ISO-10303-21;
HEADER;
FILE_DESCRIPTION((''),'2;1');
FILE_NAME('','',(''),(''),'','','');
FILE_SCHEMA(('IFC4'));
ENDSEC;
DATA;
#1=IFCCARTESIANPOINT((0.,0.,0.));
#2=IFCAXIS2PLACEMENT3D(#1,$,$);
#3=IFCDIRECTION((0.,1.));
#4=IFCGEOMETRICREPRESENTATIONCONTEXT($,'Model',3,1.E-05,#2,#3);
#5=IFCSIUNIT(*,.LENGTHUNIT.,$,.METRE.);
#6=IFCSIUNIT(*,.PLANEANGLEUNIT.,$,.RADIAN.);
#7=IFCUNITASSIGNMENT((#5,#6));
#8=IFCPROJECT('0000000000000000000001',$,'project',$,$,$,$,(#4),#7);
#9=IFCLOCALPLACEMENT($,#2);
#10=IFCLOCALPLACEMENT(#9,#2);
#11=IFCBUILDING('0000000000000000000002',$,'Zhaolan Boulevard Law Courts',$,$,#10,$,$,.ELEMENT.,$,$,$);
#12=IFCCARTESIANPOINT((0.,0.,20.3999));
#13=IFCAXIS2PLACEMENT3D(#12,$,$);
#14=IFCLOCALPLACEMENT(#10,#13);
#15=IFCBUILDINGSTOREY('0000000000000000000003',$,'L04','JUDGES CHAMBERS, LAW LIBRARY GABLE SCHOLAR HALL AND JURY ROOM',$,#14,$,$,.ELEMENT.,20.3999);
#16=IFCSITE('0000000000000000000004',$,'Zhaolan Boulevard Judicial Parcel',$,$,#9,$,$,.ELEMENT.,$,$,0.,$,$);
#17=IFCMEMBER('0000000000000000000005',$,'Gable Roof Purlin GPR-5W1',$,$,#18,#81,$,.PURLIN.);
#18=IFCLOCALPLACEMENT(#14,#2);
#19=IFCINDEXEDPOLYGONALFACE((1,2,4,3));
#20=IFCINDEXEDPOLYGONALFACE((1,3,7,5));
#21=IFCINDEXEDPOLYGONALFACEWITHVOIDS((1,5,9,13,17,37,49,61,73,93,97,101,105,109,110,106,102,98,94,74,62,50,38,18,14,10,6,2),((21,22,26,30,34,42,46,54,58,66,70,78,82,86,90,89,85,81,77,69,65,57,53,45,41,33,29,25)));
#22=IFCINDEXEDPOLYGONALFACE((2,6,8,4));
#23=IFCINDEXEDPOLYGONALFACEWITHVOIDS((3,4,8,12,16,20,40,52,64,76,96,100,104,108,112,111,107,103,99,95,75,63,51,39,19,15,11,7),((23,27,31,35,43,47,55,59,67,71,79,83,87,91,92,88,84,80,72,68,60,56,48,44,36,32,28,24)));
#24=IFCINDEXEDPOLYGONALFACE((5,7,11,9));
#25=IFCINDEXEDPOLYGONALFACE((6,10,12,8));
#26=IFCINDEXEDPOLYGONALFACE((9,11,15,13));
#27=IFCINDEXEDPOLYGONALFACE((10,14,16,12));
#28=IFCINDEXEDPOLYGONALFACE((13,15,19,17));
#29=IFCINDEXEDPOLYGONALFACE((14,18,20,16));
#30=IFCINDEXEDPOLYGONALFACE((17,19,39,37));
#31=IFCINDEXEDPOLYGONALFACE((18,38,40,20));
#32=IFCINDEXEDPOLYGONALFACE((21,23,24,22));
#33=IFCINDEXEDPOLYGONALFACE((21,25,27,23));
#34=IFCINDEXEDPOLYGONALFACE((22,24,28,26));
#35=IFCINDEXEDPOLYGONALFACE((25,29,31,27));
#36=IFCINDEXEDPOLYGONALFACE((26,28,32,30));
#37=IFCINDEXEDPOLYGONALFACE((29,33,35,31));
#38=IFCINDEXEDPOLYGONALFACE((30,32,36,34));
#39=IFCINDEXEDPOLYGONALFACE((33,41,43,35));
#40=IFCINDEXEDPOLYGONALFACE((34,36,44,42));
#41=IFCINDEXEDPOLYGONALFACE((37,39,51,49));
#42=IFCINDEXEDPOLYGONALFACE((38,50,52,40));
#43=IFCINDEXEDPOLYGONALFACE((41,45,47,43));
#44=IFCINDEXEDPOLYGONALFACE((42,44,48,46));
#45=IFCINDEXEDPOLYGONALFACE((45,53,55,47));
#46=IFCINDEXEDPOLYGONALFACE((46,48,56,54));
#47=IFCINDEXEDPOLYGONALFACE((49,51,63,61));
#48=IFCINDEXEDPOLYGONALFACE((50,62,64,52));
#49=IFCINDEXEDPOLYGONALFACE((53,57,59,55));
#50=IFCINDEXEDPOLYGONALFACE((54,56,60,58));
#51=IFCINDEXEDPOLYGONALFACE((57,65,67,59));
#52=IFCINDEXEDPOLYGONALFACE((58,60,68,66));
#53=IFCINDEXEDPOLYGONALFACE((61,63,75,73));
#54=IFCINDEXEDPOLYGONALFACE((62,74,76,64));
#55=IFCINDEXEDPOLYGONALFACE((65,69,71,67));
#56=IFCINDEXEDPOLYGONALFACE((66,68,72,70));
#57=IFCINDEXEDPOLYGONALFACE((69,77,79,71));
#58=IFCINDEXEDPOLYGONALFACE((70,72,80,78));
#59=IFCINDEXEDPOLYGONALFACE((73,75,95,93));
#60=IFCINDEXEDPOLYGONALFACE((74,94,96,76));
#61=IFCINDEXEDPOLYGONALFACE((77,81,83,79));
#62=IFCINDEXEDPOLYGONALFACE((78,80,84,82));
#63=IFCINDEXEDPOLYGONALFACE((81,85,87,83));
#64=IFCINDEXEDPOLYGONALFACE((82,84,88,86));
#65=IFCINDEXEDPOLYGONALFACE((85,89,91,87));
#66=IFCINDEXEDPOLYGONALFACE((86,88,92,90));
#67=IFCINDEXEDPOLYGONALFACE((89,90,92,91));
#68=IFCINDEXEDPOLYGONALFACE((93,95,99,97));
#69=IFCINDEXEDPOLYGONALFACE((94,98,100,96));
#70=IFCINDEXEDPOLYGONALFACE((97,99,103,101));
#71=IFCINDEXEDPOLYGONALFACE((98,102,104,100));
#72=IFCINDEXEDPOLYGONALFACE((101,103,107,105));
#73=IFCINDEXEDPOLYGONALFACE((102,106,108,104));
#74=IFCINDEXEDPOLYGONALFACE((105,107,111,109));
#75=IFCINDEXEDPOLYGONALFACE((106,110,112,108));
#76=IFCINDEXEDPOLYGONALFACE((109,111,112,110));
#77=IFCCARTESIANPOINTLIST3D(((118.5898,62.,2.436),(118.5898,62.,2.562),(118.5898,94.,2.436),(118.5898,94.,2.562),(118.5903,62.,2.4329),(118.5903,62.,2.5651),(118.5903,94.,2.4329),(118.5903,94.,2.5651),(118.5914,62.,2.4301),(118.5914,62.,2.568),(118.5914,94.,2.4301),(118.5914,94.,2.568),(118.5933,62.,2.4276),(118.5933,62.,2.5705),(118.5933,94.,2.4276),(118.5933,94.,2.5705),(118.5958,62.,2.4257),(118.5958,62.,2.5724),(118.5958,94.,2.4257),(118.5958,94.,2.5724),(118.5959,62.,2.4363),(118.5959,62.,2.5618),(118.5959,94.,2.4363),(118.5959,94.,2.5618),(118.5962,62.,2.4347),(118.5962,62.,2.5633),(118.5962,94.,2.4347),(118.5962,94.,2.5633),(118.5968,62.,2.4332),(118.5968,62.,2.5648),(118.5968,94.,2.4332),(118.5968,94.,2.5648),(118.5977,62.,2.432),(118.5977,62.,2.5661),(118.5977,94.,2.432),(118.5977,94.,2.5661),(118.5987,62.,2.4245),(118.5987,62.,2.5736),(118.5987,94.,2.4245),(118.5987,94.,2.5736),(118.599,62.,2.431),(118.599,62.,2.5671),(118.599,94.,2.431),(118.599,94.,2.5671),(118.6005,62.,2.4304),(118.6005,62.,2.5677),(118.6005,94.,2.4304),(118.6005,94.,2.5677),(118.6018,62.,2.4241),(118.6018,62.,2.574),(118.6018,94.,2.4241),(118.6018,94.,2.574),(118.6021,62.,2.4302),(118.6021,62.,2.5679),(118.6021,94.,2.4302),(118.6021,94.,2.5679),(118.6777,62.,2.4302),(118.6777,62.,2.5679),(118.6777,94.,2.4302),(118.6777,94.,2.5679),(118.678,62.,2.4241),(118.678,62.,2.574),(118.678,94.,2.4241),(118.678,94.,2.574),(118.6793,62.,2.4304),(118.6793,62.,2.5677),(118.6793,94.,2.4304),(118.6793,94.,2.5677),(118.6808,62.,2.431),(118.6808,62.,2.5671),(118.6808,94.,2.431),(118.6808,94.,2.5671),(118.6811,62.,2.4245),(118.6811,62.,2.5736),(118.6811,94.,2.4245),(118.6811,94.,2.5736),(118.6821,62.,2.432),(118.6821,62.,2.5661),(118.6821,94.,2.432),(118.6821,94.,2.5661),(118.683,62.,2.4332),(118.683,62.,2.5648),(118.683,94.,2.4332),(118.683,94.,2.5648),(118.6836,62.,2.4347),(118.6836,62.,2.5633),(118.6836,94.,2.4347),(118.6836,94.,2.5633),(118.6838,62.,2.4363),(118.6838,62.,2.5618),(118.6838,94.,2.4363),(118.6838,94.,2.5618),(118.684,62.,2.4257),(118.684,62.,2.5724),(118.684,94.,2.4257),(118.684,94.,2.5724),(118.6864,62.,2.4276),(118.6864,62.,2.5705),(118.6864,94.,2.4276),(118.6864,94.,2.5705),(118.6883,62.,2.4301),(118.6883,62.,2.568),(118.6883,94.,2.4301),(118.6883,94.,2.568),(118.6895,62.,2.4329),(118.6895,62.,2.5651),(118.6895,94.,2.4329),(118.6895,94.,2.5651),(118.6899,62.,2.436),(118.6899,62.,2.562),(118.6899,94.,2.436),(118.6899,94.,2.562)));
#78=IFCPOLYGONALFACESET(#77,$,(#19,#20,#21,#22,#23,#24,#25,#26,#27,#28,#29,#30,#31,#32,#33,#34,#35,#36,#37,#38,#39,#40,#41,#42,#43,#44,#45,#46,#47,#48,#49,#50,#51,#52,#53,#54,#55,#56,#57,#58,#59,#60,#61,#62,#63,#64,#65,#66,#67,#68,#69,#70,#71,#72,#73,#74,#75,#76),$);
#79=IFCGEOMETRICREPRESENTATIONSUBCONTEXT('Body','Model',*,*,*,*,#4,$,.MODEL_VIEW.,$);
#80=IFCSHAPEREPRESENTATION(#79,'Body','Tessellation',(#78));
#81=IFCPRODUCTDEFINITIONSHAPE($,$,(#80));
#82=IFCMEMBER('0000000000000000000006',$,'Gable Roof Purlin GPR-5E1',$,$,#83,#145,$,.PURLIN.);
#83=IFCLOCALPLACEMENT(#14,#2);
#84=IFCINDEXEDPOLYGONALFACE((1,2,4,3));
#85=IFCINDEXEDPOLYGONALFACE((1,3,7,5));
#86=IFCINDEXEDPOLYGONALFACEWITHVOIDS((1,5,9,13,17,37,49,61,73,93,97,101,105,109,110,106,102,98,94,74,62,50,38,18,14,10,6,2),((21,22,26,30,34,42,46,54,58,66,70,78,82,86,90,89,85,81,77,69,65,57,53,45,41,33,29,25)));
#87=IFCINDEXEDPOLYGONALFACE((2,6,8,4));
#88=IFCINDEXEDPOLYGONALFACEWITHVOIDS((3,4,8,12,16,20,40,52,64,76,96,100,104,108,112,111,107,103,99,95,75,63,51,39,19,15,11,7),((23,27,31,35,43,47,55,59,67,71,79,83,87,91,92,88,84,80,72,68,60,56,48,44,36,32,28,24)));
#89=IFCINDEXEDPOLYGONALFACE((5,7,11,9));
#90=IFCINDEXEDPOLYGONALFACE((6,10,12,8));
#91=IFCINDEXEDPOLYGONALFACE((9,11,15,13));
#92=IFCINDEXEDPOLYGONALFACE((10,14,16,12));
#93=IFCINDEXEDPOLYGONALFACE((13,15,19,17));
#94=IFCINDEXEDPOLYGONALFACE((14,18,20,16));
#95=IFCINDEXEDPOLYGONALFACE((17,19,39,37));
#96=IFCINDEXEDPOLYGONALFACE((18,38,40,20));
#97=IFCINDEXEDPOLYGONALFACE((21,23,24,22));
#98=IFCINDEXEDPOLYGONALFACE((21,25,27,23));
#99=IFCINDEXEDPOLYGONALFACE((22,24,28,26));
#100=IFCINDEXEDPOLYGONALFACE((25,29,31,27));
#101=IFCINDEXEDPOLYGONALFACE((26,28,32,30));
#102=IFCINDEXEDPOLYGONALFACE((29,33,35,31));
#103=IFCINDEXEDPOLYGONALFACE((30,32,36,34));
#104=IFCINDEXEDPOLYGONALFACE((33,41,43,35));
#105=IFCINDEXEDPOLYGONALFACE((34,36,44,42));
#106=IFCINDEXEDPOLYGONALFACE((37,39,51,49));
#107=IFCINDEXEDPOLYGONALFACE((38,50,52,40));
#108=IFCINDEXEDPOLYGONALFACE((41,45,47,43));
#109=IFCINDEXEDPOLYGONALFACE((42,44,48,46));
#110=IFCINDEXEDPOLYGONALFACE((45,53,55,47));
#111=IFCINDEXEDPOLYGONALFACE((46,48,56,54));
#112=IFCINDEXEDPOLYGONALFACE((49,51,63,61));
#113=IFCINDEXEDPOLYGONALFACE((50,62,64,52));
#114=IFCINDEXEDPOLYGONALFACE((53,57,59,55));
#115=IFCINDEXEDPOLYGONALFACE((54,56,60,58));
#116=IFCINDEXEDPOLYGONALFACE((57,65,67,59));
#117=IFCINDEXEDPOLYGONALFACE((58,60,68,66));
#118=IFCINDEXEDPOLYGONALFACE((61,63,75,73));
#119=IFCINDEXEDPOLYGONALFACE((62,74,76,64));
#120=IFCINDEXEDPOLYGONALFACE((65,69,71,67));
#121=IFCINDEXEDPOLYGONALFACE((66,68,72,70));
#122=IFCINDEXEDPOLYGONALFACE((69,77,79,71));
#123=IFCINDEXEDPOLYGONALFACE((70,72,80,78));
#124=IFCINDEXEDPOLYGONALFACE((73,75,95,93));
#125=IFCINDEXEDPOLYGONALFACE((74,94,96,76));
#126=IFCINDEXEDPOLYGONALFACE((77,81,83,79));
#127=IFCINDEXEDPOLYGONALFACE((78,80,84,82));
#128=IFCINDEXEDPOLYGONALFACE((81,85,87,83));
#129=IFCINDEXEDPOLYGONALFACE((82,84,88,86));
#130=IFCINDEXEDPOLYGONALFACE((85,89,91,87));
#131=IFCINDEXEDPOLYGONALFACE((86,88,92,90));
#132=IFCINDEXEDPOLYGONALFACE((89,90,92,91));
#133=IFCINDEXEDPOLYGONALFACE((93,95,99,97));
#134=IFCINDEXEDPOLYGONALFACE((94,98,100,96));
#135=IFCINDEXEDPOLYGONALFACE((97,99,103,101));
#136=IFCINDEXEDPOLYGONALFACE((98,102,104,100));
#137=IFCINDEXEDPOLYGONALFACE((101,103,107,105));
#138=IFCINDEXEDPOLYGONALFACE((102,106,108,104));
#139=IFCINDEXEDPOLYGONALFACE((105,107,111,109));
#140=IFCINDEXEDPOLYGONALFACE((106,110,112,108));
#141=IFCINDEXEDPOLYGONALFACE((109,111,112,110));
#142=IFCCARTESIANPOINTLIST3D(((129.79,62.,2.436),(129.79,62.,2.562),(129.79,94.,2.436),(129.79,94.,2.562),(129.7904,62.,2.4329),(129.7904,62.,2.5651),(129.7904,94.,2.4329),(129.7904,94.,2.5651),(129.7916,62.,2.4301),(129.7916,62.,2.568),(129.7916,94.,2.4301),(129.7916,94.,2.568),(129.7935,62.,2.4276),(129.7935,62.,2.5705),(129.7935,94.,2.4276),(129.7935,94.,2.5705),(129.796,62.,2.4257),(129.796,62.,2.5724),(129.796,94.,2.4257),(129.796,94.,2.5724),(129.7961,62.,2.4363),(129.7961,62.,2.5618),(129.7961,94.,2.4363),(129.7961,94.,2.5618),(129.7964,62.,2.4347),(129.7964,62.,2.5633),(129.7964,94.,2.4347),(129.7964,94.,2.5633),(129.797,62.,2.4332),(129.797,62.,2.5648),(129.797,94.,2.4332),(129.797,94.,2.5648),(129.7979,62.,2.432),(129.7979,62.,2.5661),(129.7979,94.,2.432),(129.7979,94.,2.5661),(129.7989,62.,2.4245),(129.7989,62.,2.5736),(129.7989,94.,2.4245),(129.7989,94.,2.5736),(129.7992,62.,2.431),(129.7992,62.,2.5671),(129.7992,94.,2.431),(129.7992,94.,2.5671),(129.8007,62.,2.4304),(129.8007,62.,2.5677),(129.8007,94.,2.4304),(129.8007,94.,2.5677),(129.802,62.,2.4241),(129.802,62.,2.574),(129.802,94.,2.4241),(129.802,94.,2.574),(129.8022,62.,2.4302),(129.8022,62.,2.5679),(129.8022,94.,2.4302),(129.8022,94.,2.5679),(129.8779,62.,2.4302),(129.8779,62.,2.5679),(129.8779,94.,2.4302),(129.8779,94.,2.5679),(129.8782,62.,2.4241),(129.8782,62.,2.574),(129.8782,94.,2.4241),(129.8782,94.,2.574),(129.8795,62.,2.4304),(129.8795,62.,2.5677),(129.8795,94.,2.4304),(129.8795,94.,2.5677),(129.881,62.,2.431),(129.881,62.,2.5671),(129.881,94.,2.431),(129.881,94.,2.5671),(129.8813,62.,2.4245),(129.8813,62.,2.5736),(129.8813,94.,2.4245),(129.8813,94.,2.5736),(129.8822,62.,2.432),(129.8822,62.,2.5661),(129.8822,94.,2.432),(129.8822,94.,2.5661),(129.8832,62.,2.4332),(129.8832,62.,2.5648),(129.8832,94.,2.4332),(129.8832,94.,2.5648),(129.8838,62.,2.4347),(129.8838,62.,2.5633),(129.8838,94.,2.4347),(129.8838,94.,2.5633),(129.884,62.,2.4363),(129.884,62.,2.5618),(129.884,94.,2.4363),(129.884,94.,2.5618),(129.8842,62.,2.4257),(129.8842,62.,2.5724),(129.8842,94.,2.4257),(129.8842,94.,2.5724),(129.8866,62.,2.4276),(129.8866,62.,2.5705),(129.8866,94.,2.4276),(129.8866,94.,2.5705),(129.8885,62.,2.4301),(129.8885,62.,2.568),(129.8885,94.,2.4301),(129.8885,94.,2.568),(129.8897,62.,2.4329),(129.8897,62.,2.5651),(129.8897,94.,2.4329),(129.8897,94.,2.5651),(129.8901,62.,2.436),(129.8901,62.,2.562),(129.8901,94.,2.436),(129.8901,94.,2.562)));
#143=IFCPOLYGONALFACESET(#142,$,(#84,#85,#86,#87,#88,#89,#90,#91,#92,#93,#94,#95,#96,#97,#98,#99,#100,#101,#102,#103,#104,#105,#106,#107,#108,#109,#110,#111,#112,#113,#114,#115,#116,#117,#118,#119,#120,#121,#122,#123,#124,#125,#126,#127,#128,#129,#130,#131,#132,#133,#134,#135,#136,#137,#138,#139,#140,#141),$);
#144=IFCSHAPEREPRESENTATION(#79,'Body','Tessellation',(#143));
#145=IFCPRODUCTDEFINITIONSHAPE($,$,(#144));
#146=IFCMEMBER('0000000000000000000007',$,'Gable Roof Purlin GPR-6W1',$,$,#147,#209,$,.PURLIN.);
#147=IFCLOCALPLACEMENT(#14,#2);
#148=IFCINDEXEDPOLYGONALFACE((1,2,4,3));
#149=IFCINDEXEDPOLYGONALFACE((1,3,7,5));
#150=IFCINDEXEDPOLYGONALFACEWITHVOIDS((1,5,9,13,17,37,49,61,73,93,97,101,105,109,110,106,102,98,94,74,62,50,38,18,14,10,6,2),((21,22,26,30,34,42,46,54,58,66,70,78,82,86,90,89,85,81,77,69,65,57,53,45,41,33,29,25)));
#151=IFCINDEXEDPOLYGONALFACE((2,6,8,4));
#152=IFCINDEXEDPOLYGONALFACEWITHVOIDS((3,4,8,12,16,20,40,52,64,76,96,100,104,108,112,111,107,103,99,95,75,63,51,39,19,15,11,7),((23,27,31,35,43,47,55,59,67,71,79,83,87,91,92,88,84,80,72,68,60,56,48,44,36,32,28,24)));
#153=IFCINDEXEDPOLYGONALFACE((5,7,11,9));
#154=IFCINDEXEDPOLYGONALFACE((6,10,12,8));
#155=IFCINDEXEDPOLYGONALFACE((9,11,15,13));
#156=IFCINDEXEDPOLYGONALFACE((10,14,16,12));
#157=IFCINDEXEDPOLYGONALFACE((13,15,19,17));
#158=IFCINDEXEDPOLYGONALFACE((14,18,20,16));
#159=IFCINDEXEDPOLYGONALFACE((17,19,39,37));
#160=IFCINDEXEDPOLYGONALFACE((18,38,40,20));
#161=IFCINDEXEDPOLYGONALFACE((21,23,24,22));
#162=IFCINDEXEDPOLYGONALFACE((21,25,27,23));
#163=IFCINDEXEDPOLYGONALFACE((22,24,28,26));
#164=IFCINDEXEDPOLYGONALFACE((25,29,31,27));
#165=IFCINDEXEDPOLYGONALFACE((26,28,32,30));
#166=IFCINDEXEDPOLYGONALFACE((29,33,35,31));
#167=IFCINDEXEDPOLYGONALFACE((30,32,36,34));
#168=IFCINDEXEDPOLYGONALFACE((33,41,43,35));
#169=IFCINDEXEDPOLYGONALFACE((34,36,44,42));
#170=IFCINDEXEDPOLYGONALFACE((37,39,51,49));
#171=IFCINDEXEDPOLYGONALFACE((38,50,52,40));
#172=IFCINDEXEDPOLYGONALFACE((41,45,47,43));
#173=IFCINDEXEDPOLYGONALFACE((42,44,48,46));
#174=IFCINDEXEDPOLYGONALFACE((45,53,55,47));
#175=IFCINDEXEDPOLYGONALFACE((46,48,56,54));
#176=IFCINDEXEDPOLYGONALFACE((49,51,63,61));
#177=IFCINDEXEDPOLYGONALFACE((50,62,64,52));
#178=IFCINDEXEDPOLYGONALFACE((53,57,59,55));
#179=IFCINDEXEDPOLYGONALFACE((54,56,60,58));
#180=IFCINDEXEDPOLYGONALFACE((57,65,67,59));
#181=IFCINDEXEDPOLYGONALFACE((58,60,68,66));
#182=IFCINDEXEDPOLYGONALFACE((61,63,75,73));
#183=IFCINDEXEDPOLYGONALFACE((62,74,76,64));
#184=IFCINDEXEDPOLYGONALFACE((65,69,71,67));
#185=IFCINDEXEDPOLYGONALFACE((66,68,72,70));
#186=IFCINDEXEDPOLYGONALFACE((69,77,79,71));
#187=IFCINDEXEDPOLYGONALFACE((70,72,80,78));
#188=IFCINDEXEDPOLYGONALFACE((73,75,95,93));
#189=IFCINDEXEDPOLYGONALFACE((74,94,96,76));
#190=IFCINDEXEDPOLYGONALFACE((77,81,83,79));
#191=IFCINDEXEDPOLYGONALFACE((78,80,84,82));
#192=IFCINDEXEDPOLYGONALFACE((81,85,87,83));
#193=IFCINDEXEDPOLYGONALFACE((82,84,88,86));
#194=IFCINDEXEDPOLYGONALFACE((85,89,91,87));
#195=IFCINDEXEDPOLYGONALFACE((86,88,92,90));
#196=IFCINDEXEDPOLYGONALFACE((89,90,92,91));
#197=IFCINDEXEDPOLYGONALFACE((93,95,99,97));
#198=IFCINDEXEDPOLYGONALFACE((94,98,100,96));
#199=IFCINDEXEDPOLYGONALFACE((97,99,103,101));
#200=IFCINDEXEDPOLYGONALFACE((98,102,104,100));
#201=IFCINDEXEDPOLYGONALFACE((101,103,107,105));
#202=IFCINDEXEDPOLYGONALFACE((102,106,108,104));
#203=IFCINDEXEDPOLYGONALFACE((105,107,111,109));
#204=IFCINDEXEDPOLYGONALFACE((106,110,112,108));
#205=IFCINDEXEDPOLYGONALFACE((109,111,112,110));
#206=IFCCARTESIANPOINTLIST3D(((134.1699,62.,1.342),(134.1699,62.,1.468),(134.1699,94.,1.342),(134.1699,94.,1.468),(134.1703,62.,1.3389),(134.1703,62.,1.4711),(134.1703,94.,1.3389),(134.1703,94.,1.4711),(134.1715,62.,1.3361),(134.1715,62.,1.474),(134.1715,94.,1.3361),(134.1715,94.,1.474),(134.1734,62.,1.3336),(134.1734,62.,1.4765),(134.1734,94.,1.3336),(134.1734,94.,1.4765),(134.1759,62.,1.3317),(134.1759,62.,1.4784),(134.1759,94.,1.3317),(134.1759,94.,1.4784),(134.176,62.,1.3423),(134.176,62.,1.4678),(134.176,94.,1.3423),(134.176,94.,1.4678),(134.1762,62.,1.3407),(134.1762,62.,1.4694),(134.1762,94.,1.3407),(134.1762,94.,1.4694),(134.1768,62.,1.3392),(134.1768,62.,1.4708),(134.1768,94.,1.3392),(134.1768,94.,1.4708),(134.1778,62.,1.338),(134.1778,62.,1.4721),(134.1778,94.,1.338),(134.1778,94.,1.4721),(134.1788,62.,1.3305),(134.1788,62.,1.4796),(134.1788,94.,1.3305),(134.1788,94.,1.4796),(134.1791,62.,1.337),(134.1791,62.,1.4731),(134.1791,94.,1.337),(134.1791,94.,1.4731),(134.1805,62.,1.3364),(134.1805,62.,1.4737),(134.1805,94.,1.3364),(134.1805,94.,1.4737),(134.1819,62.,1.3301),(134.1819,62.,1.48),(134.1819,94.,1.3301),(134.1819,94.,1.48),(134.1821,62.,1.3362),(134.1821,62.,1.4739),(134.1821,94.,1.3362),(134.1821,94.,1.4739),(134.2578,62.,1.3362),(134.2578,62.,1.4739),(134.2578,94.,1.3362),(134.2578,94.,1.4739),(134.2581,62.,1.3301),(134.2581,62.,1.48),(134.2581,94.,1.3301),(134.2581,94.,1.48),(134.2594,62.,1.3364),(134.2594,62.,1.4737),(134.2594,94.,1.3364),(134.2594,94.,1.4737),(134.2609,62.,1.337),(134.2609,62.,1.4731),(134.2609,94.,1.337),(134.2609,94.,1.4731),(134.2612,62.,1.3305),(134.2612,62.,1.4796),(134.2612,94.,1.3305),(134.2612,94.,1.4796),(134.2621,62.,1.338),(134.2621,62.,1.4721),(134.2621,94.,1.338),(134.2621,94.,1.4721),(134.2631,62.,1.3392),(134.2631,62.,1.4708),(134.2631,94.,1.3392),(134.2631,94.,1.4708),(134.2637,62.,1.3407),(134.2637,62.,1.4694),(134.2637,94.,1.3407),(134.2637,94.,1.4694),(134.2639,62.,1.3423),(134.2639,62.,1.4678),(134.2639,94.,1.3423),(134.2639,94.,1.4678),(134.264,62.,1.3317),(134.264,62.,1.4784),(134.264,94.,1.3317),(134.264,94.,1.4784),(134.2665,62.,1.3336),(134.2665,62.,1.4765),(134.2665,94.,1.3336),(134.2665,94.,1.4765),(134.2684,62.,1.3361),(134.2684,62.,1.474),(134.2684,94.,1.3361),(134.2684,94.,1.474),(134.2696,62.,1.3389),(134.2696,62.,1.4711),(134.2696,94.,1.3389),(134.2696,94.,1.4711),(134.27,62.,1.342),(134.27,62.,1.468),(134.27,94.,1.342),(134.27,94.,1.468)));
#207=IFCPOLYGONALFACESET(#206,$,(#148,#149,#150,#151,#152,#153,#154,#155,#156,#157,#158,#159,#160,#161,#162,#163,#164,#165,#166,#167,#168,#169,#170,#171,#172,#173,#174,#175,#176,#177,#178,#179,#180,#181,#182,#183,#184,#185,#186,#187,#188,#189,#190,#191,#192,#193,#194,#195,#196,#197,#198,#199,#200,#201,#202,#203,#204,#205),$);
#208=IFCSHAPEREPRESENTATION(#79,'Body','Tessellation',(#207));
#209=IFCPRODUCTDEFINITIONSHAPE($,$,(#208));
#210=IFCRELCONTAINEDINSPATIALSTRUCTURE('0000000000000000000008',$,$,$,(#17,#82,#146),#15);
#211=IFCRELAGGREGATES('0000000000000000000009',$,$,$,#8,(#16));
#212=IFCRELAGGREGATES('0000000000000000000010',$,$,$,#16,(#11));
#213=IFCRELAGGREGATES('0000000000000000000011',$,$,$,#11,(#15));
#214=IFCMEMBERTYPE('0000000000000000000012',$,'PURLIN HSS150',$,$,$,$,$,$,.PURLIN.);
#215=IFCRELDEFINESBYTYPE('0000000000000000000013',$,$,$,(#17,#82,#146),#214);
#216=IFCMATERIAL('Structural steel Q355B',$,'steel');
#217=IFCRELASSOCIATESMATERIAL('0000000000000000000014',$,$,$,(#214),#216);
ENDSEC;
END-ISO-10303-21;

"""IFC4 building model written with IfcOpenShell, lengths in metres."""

from ifc_helpers import new_model, si_unit, direction, frame, origin, origin_2d, place, context, subcontext, project, spatial, hollow_rectangle, extrude, material, material_profile, profile_set, type_object, element, save


model = new_model("IFC4")

# Units and contexts
model_context = context("Model", 3, precision=1e-05, world=origin(), true_north=direction((0.0, 1.0)))
body_context = subcontext(model_context, "Body", "Model", "MODEL_VIEW")
ifc_project = project(units=[si_unit("LENGTHUNIT", "METRE"), si_unit("PLANEANGLEUNIT", "RADIAN")], contexts=[model_context])

# Site, building, storey
site_placement = place(None, origin())
site = spatial("IfcSite", under=ifc_project, at=site_placement, Name="Zhaolan Boulevard Judicial Parcel", CompositionType="ELEMENT", RefElevation=0.0)
building_placement = place(site_placement, origin())
building = spatial("IfcBuilding", under=site, at=building_placement, Name="Zhaolan Boulevard Law Courts", CompositionType="ELEMENT")
storey_placement = place(building_placement, frame((0.0, 0.0, 20.3999)))
storey = spatial("IfcBuildingStorey", under=building, at=storey_placement, Name="L04", Description="JUDGES CHAMBERS, LAW LIBRARY GABLE SCHOLAR HALL AND JURY ROOM", CompositionType="ELEMENT", Elevation=20.3999)

# Members
ifc_material_1 = material(Name="Structural steel Q355B", Category="steel")
ifc_material_profile_1 = material_profile(ifc_material_1, hollow_rectangle(XDim=0.1001, YDim=0.1499, WallThickness=0.0061, InnerFilletRadius=0.0061, OuterFilletRadius=0.012, at=origin_2d()), Name="HSS150x100x6")
ifc_profile_set_1 = profile_set([ifc_material_profile_1], Name="Structural steel Q355B")
member_type_1 = type_object("IfcMemberType", Name="PURLIN HSS150", PredefinedType="PURLIN", material=ifc_profile_set_1)
for number, where, z_axis, x_axis, name in (
    (1, (118.6399, 62.0, 2.499), (0.0, 1.0, 0.0), (-1.0, 0.0, 0.0), "Gable Roof Purlin GPR-5W1"),
    (2, (129.8401, 62.0, 2.499), (0.0, 1.0, 0.0), (-1.0, 0.0, 0.0), "Gable Roof Purlin GPR-5E1"),
    (3, (134.22, 62.0, 1.405), (0.0, 1.0, 0.0), (-1.0, 0.0, 0.0), "Gable Roof Purlin GPR-6W1"),
):
    element("IfcMember", number, at=place(storey_placement, frame(where, z_axis=z_axis, x_axis=x_axis)), inside=storey, type_object=member_type_1, Name=name, PredefinedType="PURLIN", context=body_context, shape_type="SweptSolid", body=[
        extrude(hollow_rectangle(XDim=0.1001, YDim=0.1499, WallThickness=0.0061, InnerFilletRadius=0.0061, OuterFilletRadius=0.012, at=origin_2d()), origin(), (0.0, 0.0, 1.0), 32.0),
    ])

save(model, "model.ifc")
